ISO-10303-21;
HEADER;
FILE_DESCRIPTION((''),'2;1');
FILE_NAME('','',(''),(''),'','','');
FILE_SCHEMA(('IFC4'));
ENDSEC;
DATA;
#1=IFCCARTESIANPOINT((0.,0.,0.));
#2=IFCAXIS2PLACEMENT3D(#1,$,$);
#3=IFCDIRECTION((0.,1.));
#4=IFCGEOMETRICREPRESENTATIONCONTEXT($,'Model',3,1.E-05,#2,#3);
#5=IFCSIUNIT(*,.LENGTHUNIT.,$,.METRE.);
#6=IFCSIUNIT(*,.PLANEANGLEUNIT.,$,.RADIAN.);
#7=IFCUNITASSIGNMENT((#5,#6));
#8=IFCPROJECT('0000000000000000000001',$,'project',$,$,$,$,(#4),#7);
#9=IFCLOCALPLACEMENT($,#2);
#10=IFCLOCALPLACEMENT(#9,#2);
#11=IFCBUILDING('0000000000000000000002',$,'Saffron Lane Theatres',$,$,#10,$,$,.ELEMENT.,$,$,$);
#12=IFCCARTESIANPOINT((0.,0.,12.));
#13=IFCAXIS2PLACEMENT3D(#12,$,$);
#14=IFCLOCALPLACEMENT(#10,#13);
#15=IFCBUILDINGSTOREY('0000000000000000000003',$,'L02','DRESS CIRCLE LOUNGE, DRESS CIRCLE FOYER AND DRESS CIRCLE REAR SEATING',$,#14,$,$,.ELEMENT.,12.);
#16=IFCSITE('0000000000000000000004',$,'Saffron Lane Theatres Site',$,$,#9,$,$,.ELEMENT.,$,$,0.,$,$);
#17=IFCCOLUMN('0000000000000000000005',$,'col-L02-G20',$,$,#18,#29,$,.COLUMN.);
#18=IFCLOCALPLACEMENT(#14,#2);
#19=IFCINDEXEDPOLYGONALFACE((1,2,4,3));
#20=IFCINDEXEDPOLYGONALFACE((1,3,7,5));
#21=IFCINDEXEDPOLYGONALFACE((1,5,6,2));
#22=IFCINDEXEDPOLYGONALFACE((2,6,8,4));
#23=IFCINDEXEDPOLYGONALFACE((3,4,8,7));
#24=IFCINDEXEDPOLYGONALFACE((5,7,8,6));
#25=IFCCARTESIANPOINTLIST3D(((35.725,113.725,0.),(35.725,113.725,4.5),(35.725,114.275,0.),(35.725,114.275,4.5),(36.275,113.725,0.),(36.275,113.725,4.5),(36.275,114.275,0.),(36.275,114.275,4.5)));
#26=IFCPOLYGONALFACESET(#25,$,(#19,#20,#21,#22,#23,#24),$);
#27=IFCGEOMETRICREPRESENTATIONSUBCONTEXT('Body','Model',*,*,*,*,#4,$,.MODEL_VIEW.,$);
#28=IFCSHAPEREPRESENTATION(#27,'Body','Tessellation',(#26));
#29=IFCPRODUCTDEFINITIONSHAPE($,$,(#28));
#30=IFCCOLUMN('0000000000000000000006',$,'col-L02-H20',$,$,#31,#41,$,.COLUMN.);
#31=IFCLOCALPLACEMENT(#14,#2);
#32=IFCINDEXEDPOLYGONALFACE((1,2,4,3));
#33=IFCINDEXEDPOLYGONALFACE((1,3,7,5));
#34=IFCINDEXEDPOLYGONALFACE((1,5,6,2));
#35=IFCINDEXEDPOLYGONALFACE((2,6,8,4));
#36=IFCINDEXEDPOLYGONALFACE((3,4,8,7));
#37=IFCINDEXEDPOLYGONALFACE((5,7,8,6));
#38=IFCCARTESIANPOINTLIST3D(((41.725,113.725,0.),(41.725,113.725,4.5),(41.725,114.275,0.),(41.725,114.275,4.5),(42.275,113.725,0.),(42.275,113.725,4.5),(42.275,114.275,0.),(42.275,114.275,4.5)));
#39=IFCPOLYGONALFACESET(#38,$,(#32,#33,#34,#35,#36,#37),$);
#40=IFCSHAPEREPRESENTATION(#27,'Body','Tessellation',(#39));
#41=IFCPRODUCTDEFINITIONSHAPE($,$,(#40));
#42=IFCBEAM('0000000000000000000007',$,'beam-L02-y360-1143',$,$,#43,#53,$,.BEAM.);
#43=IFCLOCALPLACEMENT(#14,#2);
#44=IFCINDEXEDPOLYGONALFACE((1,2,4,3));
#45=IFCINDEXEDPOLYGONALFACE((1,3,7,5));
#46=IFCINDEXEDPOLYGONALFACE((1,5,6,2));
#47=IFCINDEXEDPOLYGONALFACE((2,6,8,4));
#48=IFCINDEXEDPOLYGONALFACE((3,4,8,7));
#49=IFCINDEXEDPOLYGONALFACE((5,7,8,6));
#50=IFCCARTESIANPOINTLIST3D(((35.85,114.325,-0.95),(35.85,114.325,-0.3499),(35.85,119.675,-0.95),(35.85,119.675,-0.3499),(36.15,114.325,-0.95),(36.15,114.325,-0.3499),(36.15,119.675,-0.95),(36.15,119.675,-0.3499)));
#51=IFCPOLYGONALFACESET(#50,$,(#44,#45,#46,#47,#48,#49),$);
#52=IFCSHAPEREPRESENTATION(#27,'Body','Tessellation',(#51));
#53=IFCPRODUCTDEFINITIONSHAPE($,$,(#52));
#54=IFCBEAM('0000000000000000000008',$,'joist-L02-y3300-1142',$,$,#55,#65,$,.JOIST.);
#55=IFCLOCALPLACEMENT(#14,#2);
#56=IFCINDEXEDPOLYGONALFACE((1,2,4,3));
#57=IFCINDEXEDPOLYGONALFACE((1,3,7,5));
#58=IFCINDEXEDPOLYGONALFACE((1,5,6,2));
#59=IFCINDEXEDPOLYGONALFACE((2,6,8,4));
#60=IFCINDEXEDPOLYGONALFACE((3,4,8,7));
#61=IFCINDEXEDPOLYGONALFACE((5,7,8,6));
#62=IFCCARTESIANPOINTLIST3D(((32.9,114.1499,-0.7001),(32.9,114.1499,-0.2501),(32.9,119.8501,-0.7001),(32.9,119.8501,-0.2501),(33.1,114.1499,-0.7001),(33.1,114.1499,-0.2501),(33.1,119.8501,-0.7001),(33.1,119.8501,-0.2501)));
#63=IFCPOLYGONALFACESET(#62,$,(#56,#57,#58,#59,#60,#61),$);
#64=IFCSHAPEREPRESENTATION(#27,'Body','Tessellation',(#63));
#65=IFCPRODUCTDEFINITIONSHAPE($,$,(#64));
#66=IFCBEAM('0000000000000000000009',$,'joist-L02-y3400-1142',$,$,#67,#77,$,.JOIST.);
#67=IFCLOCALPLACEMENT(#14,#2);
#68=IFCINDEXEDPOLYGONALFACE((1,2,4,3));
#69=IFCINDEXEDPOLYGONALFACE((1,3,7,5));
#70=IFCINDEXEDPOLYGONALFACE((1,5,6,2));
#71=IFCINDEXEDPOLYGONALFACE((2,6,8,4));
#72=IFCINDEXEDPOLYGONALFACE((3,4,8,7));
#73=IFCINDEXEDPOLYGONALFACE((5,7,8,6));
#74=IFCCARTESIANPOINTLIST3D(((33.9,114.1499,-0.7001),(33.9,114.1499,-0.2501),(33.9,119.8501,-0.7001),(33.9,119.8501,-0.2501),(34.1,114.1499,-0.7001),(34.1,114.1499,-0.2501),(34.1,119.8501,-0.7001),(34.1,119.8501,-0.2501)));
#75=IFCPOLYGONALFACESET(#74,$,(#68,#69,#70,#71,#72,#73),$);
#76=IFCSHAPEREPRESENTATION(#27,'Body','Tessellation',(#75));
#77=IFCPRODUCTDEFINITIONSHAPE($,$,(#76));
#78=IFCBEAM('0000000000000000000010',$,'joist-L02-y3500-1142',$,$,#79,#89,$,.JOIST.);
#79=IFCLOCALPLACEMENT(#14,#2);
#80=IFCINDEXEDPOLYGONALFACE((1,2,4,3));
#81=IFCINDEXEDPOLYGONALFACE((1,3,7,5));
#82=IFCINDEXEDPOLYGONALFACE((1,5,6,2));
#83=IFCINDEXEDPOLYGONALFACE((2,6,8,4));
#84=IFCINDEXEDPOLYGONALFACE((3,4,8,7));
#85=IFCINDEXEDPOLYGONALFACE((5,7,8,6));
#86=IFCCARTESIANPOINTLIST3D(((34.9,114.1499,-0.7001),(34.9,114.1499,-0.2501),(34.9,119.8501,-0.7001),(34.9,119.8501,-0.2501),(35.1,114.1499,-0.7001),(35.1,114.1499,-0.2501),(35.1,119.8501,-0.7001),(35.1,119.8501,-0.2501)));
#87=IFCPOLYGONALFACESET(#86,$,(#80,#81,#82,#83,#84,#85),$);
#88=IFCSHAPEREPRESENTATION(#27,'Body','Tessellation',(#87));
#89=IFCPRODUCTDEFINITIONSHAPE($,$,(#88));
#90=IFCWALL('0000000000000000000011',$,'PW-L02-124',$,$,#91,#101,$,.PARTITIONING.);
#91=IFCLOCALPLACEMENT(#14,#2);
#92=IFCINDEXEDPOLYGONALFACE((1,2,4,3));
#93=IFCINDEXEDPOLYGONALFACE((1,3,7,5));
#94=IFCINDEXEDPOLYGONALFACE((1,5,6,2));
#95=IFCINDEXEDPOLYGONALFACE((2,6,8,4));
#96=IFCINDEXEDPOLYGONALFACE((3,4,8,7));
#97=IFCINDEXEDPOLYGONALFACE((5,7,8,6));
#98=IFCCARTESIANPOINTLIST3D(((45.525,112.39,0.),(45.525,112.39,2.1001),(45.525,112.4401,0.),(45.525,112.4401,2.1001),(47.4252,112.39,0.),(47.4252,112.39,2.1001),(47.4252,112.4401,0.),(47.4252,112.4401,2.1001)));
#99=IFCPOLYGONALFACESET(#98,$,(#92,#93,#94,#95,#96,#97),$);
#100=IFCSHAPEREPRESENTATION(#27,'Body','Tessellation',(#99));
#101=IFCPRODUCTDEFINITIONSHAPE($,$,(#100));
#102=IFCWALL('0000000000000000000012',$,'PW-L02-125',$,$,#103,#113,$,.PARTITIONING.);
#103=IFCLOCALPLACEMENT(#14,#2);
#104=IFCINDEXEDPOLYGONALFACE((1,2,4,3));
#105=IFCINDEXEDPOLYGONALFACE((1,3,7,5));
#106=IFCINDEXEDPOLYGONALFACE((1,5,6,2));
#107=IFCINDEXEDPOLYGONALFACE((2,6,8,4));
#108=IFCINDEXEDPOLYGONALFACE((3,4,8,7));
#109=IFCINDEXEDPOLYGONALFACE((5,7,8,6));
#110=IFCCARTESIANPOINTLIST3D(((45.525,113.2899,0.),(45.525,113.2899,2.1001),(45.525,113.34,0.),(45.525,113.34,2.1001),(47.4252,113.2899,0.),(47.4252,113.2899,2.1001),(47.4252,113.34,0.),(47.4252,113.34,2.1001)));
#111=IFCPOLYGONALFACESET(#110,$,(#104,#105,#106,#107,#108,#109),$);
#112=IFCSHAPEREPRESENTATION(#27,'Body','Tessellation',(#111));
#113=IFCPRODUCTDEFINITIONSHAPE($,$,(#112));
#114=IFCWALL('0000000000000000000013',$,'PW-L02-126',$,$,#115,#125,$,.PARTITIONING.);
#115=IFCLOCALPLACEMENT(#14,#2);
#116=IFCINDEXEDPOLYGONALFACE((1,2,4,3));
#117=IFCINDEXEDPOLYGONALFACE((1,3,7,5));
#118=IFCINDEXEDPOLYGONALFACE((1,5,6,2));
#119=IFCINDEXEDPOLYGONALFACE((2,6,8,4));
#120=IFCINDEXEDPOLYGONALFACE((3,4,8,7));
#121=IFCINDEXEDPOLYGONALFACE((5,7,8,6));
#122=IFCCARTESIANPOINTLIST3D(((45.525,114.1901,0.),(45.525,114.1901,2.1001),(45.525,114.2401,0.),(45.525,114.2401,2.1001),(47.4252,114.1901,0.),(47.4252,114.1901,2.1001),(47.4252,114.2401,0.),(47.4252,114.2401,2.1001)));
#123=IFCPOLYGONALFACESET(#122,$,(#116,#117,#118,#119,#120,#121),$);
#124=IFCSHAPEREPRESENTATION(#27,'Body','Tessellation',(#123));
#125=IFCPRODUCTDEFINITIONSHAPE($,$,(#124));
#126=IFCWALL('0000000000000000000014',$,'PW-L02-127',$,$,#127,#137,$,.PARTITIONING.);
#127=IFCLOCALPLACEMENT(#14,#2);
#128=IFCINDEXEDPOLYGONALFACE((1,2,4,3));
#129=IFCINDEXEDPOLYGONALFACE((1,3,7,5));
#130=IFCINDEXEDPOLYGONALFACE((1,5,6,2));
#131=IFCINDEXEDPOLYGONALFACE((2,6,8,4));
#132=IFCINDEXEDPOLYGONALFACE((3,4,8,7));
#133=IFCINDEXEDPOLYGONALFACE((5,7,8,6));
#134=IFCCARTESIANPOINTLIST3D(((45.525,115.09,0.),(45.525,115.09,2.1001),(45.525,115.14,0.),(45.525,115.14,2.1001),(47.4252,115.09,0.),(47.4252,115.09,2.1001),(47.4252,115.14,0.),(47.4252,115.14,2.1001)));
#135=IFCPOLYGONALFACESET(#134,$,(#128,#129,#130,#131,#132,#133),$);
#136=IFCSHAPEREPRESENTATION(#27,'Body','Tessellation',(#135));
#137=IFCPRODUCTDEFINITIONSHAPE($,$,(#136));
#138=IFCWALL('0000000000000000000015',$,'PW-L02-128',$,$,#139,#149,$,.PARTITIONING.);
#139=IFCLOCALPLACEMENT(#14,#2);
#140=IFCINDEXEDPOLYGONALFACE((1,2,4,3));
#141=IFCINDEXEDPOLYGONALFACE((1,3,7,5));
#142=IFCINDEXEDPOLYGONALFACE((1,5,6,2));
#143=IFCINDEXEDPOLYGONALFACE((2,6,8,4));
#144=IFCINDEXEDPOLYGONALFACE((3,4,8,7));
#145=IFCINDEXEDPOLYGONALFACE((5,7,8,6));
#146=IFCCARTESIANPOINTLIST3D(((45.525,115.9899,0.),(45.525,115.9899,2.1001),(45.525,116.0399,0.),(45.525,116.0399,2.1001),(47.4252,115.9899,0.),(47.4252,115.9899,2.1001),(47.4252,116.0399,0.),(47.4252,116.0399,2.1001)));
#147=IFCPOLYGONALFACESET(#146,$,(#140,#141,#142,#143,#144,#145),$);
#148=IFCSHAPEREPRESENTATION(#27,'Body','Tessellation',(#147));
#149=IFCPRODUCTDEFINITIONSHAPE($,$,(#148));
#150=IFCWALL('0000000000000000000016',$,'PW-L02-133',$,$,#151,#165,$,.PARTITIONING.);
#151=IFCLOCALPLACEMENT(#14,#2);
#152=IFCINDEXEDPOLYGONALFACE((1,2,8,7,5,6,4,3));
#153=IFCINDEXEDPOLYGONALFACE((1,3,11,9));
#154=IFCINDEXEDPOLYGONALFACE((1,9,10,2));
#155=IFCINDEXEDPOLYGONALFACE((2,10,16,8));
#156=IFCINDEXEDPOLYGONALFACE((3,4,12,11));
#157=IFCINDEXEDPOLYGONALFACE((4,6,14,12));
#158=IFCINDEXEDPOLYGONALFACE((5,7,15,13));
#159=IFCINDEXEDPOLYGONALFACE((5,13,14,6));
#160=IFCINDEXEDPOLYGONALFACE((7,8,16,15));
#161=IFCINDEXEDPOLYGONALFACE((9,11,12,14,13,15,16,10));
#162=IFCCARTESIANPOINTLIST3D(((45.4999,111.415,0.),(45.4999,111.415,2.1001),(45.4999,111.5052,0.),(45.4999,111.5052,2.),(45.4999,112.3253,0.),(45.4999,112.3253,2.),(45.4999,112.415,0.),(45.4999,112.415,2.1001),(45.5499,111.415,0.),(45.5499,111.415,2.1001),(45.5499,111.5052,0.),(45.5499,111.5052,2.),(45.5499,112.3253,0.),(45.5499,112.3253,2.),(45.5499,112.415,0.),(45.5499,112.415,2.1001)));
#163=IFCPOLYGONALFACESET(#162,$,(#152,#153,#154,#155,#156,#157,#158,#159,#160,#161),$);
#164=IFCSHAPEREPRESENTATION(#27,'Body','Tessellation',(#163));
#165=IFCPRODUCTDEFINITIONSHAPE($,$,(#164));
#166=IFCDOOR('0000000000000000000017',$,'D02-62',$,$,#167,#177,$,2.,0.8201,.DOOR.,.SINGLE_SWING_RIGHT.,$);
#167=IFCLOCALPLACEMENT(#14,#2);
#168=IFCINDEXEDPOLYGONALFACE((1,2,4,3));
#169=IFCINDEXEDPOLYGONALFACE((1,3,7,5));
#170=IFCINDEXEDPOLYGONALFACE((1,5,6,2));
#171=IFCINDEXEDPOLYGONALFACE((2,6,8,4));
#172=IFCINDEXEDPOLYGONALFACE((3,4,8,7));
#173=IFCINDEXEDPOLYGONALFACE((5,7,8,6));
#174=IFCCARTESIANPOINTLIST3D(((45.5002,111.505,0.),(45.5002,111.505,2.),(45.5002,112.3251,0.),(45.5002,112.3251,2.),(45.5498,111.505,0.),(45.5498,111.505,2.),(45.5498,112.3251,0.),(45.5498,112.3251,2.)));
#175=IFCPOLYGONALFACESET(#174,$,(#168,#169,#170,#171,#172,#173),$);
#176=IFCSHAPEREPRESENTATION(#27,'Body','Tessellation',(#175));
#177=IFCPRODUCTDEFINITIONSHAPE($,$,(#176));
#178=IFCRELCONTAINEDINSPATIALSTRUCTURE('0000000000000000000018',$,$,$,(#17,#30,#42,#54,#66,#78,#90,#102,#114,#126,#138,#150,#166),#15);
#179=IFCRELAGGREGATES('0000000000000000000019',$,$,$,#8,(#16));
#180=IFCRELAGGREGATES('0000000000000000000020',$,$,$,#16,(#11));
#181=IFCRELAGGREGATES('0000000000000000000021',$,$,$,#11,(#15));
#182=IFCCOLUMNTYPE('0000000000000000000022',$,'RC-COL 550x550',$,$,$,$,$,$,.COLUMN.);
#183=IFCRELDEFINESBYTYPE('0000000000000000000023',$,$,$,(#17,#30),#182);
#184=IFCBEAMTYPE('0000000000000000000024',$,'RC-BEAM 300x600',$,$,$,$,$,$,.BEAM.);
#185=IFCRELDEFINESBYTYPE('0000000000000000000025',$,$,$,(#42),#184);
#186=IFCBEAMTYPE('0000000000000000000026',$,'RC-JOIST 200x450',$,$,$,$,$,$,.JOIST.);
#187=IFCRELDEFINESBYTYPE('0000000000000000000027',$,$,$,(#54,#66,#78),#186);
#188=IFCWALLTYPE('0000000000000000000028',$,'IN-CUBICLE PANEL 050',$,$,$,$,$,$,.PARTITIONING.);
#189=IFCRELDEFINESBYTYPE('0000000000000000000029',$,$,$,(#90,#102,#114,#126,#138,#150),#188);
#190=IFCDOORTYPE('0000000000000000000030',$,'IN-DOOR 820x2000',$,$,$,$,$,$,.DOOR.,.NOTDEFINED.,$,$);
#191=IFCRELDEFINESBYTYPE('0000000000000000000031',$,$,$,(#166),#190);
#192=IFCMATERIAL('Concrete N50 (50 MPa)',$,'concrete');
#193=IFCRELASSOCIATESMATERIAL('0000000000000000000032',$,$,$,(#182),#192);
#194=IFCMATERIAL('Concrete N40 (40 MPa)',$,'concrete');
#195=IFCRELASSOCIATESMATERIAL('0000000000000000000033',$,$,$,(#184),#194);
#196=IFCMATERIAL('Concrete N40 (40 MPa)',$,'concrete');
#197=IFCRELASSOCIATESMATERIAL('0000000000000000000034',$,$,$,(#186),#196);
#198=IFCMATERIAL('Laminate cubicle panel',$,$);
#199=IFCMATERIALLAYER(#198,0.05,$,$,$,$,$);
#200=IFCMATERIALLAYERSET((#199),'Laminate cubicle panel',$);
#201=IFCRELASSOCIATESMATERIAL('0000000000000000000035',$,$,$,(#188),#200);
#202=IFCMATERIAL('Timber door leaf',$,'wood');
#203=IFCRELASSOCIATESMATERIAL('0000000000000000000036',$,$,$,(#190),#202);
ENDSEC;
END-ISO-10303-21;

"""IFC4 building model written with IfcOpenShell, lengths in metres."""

from ifc_helpers import new_model, si_unit, direction, frame, frame_2d, origin, origin_2d, place, context, subcontext, project, spatial, rectangle, extrude, material, layer, layer_set, material_profile, profile_set, type_object, element, fill, save


model = new_model("IFC4")

# Units and contexts
model_context = context("Model", 3, precision=1e-05, world=origin(), true_north=direction((0.0, 1.0)))
body_context = subcontext(model_context, "Body", "Model", "MODEL_VIEW")
ifc_project = project(units=[si_unit("LENGTHUNIT", "METRE"), si_unit("PLANEANGLEUNIT", "RADIAN")], contexts=[model_context])

# Site, building, storey
site_placement = place(None, origin())
site = spatial("IfcSite", under=ifc_project, at=site_placement, Name="Saffron Lane Theatres Site", CompositionType="ELEMENT", RefElevation=0.0)
building_placement = place(site_placement, origin())
building = spatial("IfcBuilding", under=site, at=building_placement, Name="Saffron Lane Theatres", CompositionType="ELEMENT")
storey_placement = place(building_placement, frame((0.0, 0.0, 12.0)))
storey = spatial("IfcBuildingStorey", under=building, at=storey_placement, Name="L02", Description="DRESS CIRCLE LOUNGE, DRESS CIRCLE FOYER AND DRESS CIRCLE REAR SEATING", CompositionType="ELEMENT", Elevation=12.0)

# Columns
ifc_material_1 = material(Name="Concrete N50 (50 MPa)", Category="concrete")
ifc_material_profile_1 = material_profile(ifc_material_1, rectangle(XDim=0.55, YDim=0.55, at=origin_2d()))
ifc_profile_set_1 = profile_set([ifc_material_profile_1], Name="Concrete N50 (50 MPa)")
column_type = type_object("IfcColumnType", Name="RC-COL 550x550", PredefinedType="COLUMN", material=ifc_profile_set_1)
for number, where, z_axis, x_axis, name in (
    (1, (36.0, 114.0, 0.0), (0.0, 0.0, 1.0), (1.0, 0.0, 0.0), "col-L02-G20"),
    (2, (42.0, 114.0, 0.0), (0.0, 0.0, 1.0), (1.0, 0.0, 0.0), "col-L02-H20"),
):
    element("IfcColumn", number, at=place(storey_placement, frame(where, z_axis=z_axis, x_axis=x_axis)), inside=storey, type_object=column_type, Name=name, PredefinedType="COLUMN", context=body_context, shape_type="SweptSolid", body=[
        extrude(rectangle(XDim=0.55, YDim=0.55, at=origin_2d()), origin(), (0.0, 0.0, 1.0), 4.5),
    ])

# Beams
ifc_material_2 = material(Name="Concrete N40 (40 MPa)", Category="concrete")
ifc_material_profile_2 = material_profile(ifc_material_2, rectangle(XDim=0.3, YDim=0.6001, at=origin_2d()))
ifc_profile_set_2 = profile_set([ifc_material_profile_2], Name="Concrete N40 (40 MPa)")
beam_type_1 = type_object("IfcBeamType", Name="RC-BEAM 300x600", PredefinedType="BEAM", material=ifc_profile_set_2)
beam_placement = place(storey_placement, frame((36.0, 114.325, -0.6499), z_axis=(0.0, 1.0, 0.0), x_axis=(-1.0, 0.0, 0.0)))
element("IfcBeam", 3, at=beam_placement, inside=storey, type_object=beam_type_1, Name="beam-L02-y360-1143", PredefinedType="BEAM", context=body_context, shape_type="SweptSolid", body=[
    extrude(rectangle(XDim=0.3, YDim=0.6001, at=origin_2d()), origin(), (0.0, 0.0, 1.0), 5.3501),
])
ifc_material_3 = material(Name="Concrete N40 (40 MPa)", Category="concrete")
ifc_material_profile_3 = material_profile(ifc_material_3, rectangle(XDim=0.2, YDim=0.45, at=origin_2d()))
ifc_profile_set_3 = profile_set([ifc_material_profile_3], Name="Concrete N40 (40 MPa)")
beam_type_2 = type_object("IfcBeamType", Name="RC-JOIST 200x450", PredefinedType="JOIST", material=ifc_profile_set_3)
for number, where, z_axis, x_axis, name in (
    (4, (33.0, 114.1499, -0.4751), (0.0, 1.0, 0.0), (-1.0, 0.0, 0.0), "joist-L02-y3300-1142"),
    (5, (34.0, 114.1499, -0.4751), (0.0, 1.0, 0.0), (-1.0, 0.0, 0.0), "joist-L02-y3400-1142"),
    (6, (35.0, 114.1499, -0.4751), (0.0, 1.0, 0.0), (-1.0, 0.0, 0.0), "joist-L02-y3500-1142"),
):
    element("IfcBeam", number, at=place(storey_placement, frame(where, z_axis=z_axis, x_axis=x_axis)), inside=storey, type_object=beam_type_2, Name=name, PredefinedType="JOIST", context=body_context, shape_type="SweptSolid", body=[
        extrude(rectangle(XDim=0.2, YDim=0.45, at=origin_2d()), origin(), (0.0, 0.0, 1.0), 5.7002),
    ])

# Walls
ifc_material_4 = material(Name="Laminate cubicle panel")
ifc_layer_1 = layer(ifc_material_4, 0.05)
ifc_layer_set_1 = layer_set([ifc_layer_1], Name="Laminate cubicle panel")
wall_type_1 = type_object("IfcWallType", Name="IN-CUBICLE PANEL 050", PredefinedType="PARTITIONING", material=ifc_layer_set_1)
for number, where, z_axis, x_axis, name in (
    (7, (45.5249, 112.415, 0.0), (0.0, 0.0, 1.0), (1.0, 0.0, 0.0), "PW-L02-124"),
    (8, (45.5249, 113.3149, 0.0), (0.0, 0.0, 1.0), (1.0, 0.0, 0.0), "PW-L02-125"),
    (9, (45.5249, 114.2151, 0.0), (0.0, 0.0, 1.0), (1.0, 0.0, 0.0), "PW-L02-126"),
    (10, (45.5249, 115.115, 0.0), (0.0, 0.0, 1.0), (1.0, 0.0, 0.0), "PW-L02-127"),
    (11, (45.5249, 116.0149, 0.0), (0.0, 0.0, 1.0), (1.0, 0.0, 0.0), "PW-L02-128"),
):
    element("IfcWall", number, at=place(storey_placement, frame(where, z_axis=z_axis, x_axis=x_axis)), inside=storey, type_object=wall_type_1, Name=name, PredefinedType="PARTITIONING", context=body_context, shape_type="SweptSolid", body=[
        extrude(rectangle(XDim=1.9001, YDim=0.05, at=frame_2d((0.9502, 0.0))), origin(), (0.0, 0.0, 1.0), 2.1001),
    ])

# Wall, opening, door
wall_1_placement = place(storey_placement, frame((45.5249, 111.415, 0.0), z_axis=(0.0, 0.0, 1.0), x_axis=(0.0, 1.0, 0.0)))
wall_1 = element("IfcWall", 12, at=wall_1_placement, inside=storey, type_object=wall_type_1, Name="PW-L02-133", PredefinedType="PARTITIONING", context=body_context, shape_type="SweptSolid", body=[
    extrude(rectangle(XDim=1.0, YDim=0.05, at=frame_2d((0.5, 0.0))), origin(), (0.0, 0.0, 1.0), 2.1001),
])
opening_1_placement = place(wall_1_placement, frame((0.0901, 0.0, 0.0)))
opening_1 = element("IfcOpeningElement", 13, at=opening_1_placement, cuts=wall_1, PredefinedType="OPENING", context=body_context, shape_type="SweptSolid", body=[
    extrude(rectangle(XDim=0.8201, YDim=2.0, at=frame_2d((0.4102, 1.0))), frame((0.0, 0.0352, 0.0), z_axis=(0.0, -1.0, 0.0), x_axis=(1.0, 0.0, 0.0)), (0.0, 0.0, 1.0), 0.0701),
])
ifc_material_5 = material(Name="Timber door leaf", Category="wood")
door_type_1 = type_object("IfcDoorType", Name="IN-DOOR 820x2000", OperationType="NOTDEFINED", PredefinedType="DOOR", material=ifc_material_5)
door_1_placement = place(opening_1_placement, frame((0.8201, 0.0, 0.0), z_axis=(0.0, 0.0, 1.0), x_axis=(-1.0, 0.0, 0.0)))
door_1 = element("IfcDoor", 14, at=door_1_placement, inside=storey, type_object=door_type_1, Name="D02-62", OperationType="SINGLE_SWING_RIGHT", OverallHeight=2.0, OverallWidth=0.8201, PredefinedType="DOOR", context=body_context, shape_type="SweptSolid", body=[
    extrude(rectangle(XDim=0.8201, YDim=2.0, at=frame_2d((0.4102, 1.0))), frame((0.0, 0.0249, 0.0), z_axis=(0.0, -1.0, 0.0), x_axis=(1.0, 0.0, 0.0)), (0.0, 0.0, 1.0), 0.0496),
])
fill(opening_1, door_1)

save(model, "model.ifc")
